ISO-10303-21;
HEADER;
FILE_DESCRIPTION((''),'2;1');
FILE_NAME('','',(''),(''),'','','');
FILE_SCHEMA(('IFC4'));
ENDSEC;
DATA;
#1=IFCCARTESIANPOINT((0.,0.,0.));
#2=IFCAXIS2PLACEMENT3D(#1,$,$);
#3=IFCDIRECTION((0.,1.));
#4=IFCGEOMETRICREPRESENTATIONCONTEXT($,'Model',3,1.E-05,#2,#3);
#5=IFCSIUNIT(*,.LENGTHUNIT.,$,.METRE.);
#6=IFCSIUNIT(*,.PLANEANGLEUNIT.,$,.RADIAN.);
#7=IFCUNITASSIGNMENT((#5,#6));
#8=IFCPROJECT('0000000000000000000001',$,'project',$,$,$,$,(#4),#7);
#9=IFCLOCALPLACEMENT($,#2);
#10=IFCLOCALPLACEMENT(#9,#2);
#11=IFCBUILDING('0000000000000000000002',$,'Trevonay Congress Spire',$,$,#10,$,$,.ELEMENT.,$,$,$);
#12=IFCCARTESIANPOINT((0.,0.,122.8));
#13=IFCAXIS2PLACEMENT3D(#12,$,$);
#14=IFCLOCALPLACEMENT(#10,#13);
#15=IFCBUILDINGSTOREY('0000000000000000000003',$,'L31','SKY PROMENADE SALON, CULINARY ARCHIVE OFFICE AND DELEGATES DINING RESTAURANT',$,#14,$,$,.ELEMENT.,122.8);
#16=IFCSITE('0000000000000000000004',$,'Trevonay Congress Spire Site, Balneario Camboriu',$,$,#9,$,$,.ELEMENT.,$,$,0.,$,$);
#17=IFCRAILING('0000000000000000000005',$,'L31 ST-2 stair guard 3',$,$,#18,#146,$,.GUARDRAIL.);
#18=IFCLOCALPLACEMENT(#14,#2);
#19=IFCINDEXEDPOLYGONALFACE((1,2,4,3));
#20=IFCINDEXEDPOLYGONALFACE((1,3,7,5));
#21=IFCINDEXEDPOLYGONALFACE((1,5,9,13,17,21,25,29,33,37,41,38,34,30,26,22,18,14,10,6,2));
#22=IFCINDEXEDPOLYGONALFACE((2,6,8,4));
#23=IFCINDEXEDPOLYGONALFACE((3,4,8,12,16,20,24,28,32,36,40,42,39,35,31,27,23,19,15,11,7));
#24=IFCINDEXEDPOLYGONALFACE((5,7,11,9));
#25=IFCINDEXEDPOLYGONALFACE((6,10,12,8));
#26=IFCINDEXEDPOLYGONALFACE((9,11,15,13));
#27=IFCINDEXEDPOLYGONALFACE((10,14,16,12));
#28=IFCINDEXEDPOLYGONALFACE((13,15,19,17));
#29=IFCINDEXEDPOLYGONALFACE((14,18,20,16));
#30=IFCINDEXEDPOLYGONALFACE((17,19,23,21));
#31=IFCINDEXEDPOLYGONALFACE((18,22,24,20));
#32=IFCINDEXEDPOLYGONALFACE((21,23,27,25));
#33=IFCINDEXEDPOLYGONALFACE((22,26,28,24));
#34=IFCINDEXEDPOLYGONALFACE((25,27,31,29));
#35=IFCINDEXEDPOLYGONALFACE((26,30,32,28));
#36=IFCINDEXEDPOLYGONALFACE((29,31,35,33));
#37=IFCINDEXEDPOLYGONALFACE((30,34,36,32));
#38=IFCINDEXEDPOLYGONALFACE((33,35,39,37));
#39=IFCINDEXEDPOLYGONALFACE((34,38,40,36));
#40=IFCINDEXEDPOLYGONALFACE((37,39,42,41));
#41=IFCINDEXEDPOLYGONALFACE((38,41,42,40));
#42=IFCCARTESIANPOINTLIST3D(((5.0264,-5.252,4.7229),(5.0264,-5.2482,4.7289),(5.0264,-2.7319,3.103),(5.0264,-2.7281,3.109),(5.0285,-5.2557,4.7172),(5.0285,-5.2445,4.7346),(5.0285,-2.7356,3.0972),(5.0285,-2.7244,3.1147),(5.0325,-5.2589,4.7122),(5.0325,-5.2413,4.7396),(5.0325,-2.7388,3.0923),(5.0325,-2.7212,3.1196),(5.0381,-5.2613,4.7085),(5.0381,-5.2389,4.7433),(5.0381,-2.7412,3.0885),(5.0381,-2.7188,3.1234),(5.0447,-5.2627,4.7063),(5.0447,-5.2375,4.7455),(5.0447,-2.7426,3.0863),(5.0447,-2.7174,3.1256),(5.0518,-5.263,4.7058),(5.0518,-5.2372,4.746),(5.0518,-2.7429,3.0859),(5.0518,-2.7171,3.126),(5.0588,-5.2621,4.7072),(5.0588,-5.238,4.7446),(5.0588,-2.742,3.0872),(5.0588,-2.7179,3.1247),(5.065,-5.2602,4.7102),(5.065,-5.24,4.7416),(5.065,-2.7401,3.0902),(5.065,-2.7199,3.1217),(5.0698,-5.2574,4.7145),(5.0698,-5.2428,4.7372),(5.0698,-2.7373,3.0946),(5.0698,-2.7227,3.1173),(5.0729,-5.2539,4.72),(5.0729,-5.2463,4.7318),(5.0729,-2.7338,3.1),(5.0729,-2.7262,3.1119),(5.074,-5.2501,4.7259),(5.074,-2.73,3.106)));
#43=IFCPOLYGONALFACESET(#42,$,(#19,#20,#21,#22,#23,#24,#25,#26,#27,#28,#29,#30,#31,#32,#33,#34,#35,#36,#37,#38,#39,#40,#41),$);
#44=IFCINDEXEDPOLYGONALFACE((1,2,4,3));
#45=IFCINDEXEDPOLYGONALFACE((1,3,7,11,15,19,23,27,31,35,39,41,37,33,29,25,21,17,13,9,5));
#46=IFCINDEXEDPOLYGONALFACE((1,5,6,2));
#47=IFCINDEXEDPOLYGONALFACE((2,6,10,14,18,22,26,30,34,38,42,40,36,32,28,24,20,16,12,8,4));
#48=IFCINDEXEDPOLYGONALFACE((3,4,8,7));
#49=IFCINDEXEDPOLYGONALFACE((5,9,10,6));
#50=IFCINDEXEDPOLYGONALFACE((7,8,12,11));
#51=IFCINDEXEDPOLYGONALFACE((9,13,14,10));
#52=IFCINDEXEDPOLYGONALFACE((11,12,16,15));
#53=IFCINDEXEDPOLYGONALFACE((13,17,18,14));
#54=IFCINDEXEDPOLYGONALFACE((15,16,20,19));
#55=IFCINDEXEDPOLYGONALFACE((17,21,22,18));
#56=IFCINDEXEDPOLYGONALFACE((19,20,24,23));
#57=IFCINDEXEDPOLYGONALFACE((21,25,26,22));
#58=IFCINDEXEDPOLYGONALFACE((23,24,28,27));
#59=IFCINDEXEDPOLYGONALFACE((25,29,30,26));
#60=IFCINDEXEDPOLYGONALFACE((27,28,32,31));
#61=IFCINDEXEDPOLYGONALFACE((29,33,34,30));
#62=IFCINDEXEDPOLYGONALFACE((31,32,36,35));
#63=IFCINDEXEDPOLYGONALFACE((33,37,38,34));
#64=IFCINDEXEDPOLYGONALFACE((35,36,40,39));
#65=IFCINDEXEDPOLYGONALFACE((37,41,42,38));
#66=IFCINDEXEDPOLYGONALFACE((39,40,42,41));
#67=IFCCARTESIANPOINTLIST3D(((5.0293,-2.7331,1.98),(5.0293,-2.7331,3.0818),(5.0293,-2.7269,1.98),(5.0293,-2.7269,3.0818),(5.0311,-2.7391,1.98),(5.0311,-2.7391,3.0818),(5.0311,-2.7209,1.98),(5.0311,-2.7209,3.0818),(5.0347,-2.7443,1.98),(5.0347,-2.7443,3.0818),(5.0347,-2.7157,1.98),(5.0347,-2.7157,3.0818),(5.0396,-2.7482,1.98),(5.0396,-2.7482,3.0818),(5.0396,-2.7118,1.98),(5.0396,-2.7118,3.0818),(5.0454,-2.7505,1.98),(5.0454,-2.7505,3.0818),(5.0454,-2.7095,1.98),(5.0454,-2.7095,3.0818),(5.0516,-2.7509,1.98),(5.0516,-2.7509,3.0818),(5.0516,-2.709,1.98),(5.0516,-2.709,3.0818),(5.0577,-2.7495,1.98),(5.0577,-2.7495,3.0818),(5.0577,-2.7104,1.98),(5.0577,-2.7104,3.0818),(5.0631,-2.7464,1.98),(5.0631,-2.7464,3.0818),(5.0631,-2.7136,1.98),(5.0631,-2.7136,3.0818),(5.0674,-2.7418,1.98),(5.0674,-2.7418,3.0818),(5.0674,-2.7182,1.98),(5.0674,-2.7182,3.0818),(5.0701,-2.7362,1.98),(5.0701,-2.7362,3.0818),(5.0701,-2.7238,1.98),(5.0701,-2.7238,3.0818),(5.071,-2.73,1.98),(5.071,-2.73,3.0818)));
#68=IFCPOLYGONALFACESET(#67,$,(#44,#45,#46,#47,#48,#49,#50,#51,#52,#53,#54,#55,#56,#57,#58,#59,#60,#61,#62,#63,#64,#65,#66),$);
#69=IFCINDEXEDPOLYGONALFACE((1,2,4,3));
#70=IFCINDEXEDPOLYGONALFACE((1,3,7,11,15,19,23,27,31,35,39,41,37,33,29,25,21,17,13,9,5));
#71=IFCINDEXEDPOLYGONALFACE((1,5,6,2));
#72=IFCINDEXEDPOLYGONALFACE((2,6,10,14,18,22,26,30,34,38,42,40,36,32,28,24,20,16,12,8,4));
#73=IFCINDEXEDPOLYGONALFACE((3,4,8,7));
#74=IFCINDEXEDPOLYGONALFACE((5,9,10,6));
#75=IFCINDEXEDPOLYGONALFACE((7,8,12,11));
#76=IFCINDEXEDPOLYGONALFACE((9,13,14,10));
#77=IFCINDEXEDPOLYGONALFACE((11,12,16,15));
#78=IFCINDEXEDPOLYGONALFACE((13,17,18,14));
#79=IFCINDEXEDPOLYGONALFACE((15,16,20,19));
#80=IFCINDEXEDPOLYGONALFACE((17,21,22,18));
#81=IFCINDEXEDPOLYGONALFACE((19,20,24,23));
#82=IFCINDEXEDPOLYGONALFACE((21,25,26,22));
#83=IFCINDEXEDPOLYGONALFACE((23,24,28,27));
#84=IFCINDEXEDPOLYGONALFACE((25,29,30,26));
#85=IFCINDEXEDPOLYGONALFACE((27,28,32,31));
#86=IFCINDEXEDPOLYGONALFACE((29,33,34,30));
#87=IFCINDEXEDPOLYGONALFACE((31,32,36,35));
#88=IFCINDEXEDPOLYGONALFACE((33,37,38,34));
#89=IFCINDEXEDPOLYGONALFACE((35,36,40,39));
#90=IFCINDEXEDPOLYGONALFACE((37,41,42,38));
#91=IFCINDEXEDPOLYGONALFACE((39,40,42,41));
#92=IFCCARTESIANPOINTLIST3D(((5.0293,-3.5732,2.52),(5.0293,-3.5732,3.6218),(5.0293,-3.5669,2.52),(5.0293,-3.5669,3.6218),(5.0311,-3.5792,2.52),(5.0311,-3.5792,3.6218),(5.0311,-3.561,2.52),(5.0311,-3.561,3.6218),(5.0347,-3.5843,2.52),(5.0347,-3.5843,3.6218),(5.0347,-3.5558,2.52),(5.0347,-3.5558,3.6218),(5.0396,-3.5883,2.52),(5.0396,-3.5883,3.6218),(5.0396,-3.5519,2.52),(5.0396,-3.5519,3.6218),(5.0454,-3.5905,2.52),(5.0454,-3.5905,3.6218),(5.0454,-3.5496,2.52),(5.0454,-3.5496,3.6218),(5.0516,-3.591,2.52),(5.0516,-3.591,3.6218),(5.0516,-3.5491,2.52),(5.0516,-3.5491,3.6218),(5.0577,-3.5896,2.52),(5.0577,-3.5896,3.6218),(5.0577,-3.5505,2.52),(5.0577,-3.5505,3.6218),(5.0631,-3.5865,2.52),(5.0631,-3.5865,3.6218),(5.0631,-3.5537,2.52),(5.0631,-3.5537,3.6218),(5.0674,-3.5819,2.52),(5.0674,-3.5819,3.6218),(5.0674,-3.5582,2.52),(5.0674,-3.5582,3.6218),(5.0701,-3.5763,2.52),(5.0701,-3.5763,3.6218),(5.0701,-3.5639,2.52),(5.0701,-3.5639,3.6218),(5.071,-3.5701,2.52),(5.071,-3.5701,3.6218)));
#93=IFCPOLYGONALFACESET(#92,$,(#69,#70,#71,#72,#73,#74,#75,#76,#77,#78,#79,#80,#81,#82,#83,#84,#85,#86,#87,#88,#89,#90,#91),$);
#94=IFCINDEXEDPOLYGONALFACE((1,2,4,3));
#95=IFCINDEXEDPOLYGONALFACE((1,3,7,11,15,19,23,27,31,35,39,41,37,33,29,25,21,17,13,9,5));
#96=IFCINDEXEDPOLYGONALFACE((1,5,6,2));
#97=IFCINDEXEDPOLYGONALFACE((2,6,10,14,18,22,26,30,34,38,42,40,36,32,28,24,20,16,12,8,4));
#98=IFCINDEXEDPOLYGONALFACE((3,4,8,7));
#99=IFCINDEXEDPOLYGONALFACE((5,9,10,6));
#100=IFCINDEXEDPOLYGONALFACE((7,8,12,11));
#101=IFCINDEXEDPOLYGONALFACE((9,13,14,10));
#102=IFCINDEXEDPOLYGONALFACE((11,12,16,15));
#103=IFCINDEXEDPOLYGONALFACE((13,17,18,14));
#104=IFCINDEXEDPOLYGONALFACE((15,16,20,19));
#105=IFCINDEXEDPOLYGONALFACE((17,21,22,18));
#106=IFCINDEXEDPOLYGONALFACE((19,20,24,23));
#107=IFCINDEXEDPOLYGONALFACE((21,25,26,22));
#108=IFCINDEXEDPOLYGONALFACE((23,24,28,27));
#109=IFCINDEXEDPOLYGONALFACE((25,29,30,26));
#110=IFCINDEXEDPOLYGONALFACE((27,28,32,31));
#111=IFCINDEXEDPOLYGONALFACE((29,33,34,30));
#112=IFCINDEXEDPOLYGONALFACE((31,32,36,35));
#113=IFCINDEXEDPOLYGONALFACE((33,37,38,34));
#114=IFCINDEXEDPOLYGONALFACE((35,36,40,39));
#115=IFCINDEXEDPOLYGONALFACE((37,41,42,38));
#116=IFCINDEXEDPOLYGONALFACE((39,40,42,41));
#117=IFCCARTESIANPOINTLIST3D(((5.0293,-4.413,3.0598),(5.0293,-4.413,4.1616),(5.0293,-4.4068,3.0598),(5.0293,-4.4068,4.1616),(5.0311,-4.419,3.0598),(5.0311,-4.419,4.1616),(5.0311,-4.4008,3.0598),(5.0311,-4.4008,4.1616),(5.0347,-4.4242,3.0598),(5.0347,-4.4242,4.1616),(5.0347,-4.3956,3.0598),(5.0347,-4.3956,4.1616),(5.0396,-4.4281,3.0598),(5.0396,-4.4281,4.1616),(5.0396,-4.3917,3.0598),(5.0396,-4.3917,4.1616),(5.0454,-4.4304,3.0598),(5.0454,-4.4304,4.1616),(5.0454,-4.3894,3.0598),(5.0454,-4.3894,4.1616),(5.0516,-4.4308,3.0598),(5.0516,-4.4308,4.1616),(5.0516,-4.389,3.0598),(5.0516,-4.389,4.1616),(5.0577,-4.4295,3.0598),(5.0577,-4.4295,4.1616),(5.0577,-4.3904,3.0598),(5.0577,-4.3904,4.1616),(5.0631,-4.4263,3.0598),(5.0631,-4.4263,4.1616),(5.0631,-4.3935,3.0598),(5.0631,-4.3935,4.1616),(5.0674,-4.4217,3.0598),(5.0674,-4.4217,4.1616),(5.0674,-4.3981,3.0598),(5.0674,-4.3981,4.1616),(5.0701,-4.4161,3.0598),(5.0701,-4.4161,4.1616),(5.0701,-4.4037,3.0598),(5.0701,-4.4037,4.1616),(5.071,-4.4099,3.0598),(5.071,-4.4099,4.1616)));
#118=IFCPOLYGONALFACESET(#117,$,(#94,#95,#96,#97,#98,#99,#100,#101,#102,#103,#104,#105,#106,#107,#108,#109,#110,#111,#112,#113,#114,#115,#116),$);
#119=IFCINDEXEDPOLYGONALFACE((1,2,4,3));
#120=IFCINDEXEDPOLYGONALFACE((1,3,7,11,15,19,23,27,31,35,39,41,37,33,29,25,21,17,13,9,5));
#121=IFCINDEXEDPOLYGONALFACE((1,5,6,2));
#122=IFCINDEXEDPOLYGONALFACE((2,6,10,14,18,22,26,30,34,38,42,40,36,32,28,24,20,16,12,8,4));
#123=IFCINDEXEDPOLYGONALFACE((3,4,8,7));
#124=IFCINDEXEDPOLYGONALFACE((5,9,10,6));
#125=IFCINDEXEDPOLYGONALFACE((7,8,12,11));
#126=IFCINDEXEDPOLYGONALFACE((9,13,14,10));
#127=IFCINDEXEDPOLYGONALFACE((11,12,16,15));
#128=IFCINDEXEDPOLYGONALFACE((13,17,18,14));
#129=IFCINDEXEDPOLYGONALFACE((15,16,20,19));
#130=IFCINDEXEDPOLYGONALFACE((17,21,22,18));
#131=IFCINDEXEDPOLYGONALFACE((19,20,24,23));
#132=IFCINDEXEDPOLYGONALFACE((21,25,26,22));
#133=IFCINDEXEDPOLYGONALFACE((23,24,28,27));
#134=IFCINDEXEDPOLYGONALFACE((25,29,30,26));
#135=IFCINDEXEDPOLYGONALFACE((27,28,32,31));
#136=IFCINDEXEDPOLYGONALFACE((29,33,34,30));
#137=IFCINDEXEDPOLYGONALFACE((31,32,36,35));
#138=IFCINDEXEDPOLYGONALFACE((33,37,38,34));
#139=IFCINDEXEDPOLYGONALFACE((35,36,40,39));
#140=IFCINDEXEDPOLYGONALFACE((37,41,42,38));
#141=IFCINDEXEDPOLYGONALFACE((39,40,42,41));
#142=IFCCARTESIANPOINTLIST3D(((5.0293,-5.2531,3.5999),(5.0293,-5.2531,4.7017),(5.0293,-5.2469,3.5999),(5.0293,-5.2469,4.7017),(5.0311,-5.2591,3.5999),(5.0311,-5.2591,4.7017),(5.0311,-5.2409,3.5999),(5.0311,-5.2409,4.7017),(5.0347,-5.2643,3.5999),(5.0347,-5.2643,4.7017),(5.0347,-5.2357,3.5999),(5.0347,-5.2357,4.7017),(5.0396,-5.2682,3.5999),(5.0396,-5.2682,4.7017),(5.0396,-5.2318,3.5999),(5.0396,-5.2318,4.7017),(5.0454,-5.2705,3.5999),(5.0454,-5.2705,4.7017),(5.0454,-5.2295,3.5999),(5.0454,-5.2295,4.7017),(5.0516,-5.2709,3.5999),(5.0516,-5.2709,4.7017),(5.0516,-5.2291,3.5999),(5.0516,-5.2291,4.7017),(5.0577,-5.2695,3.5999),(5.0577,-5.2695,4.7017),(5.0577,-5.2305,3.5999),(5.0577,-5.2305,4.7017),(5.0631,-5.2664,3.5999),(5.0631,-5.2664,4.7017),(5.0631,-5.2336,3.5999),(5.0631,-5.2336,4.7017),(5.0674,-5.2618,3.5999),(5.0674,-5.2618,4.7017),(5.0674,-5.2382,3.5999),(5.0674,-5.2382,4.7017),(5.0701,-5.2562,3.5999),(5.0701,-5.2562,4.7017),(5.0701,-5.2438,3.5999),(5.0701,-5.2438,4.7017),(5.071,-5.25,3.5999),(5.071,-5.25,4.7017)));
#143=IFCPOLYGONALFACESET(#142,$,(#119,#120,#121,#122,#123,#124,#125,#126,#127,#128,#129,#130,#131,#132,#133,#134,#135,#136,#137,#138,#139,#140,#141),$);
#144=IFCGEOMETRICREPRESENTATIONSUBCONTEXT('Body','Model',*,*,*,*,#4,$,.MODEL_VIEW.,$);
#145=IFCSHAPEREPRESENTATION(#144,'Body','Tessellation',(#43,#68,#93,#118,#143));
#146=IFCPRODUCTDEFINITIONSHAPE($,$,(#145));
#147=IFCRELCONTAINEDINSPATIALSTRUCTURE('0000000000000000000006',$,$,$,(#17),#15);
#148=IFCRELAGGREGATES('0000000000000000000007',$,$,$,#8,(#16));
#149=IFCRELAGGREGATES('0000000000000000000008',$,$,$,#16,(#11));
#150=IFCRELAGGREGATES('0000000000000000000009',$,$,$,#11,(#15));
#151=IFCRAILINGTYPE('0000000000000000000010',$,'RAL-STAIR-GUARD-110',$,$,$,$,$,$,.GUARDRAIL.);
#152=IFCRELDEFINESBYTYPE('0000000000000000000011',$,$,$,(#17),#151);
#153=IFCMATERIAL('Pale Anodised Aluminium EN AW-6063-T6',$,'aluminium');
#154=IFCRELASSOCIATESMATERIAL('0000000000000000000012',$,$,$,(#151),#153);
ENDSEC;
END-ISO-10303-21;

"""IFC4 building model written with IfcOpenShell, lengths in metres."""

from ifc_helpers import new_model, si_unit, direction, frame, origin, origin_2d, place, context, subcontext, project, spatial, circle, extrude, material, type_object, element, save


model = new_model("IFC4")

# Units and contexts
model_context = context("Model", 3, precision=1e-05, world=origin(), true_north=direction((0.0, 1.0)))
body_context = subcontext(model_context, "Body", "Model", "MODEL_VIEW")
ifc_project = project(units=[si_unit("LENGTHUNIT", "METRE"), si_unit("PLANEANGLEUNIT", "RADIAN")], contexts=[model_context])

# Site, building, storey
site_placement = place(None, origin())
site = spatial("IfcSite", under=ifc_project, at=site_placement, Name="Trevonay Congress Spire Site, Balneario Camboriu", CompositionType="ELEMENT", RefElevation=0.0)
building_placement = place(site_placement, origin())
building = spatial("IfcBuilding", under=site, at=building_placement, Name="Trevonay Congress Spire", CompositionType="ELEMENT")
storey_placement = place(building_placement, frame((0.0, 0.0, 122.8)))
storey = spatial("IfcBuildingStorey", under=building, at=storey_placement, Name="L31", Description="SKY PROMENADE SALON, CULINARY ARCHIVE OFFICE AND DELEGATES DINING RESTAURANT", CompositionType="ELEMENT", Elevation=122.8)

# Railing
ifc_material_1 = material(Name="Pale Anodised Aluminium EN AW-6063-T6", Category="aluminium")
railing_type_1 = type_object("IfcRailingType", Name="RAL-STAIR-GUARD-110", PredefinedType="GUARDRAIL", material=ifc_material_1)
railing_1_placement = place(storey_placement, frame((5.05, -2.73, 1.98)))
element("IfcRailing", 1, at=railing_1_placement, inside=storey, type_object=railing_type_1, Name="L31 ST-2 stair guard 3", PredefinedType="GUARDRAIL", context=body_context, shape_type="SweptSolid", body=[
    extrude(circle(Radius=0.0239, at=origin_2d()), frame((0.0, 0.0, 1.126), z_axis=(0.0, -0.8412, 0.540725), x_axis=(1.0, 0.0, 0.0)), (0.0, 0.0, 1.0), 2.9958),
    extrude(circle(Radius=0.021, at=origin_2d()), origin(), (0.0, 0.0, 1.0), 1.1018),
    extrude(circle(Radius=0.021, at=origin_2d()), frame((0.0, -0.8401, 0.54)), (0.0, 0.0, 1.0), 1.1018),
    extrude(circle(Radius=0.021, at=origin_2d()), frame((0.0, -1.6799, 1.0798)), (0.0, 0.0, 1.0), 1.1018),
    extrude(circle(Radius=0.021, at=origin_2d()), frame((0.0, -2.52, 1.6199)), (0.0, 0.0, 1.0), 1.1018),
])

save(model, "model.ifc")
